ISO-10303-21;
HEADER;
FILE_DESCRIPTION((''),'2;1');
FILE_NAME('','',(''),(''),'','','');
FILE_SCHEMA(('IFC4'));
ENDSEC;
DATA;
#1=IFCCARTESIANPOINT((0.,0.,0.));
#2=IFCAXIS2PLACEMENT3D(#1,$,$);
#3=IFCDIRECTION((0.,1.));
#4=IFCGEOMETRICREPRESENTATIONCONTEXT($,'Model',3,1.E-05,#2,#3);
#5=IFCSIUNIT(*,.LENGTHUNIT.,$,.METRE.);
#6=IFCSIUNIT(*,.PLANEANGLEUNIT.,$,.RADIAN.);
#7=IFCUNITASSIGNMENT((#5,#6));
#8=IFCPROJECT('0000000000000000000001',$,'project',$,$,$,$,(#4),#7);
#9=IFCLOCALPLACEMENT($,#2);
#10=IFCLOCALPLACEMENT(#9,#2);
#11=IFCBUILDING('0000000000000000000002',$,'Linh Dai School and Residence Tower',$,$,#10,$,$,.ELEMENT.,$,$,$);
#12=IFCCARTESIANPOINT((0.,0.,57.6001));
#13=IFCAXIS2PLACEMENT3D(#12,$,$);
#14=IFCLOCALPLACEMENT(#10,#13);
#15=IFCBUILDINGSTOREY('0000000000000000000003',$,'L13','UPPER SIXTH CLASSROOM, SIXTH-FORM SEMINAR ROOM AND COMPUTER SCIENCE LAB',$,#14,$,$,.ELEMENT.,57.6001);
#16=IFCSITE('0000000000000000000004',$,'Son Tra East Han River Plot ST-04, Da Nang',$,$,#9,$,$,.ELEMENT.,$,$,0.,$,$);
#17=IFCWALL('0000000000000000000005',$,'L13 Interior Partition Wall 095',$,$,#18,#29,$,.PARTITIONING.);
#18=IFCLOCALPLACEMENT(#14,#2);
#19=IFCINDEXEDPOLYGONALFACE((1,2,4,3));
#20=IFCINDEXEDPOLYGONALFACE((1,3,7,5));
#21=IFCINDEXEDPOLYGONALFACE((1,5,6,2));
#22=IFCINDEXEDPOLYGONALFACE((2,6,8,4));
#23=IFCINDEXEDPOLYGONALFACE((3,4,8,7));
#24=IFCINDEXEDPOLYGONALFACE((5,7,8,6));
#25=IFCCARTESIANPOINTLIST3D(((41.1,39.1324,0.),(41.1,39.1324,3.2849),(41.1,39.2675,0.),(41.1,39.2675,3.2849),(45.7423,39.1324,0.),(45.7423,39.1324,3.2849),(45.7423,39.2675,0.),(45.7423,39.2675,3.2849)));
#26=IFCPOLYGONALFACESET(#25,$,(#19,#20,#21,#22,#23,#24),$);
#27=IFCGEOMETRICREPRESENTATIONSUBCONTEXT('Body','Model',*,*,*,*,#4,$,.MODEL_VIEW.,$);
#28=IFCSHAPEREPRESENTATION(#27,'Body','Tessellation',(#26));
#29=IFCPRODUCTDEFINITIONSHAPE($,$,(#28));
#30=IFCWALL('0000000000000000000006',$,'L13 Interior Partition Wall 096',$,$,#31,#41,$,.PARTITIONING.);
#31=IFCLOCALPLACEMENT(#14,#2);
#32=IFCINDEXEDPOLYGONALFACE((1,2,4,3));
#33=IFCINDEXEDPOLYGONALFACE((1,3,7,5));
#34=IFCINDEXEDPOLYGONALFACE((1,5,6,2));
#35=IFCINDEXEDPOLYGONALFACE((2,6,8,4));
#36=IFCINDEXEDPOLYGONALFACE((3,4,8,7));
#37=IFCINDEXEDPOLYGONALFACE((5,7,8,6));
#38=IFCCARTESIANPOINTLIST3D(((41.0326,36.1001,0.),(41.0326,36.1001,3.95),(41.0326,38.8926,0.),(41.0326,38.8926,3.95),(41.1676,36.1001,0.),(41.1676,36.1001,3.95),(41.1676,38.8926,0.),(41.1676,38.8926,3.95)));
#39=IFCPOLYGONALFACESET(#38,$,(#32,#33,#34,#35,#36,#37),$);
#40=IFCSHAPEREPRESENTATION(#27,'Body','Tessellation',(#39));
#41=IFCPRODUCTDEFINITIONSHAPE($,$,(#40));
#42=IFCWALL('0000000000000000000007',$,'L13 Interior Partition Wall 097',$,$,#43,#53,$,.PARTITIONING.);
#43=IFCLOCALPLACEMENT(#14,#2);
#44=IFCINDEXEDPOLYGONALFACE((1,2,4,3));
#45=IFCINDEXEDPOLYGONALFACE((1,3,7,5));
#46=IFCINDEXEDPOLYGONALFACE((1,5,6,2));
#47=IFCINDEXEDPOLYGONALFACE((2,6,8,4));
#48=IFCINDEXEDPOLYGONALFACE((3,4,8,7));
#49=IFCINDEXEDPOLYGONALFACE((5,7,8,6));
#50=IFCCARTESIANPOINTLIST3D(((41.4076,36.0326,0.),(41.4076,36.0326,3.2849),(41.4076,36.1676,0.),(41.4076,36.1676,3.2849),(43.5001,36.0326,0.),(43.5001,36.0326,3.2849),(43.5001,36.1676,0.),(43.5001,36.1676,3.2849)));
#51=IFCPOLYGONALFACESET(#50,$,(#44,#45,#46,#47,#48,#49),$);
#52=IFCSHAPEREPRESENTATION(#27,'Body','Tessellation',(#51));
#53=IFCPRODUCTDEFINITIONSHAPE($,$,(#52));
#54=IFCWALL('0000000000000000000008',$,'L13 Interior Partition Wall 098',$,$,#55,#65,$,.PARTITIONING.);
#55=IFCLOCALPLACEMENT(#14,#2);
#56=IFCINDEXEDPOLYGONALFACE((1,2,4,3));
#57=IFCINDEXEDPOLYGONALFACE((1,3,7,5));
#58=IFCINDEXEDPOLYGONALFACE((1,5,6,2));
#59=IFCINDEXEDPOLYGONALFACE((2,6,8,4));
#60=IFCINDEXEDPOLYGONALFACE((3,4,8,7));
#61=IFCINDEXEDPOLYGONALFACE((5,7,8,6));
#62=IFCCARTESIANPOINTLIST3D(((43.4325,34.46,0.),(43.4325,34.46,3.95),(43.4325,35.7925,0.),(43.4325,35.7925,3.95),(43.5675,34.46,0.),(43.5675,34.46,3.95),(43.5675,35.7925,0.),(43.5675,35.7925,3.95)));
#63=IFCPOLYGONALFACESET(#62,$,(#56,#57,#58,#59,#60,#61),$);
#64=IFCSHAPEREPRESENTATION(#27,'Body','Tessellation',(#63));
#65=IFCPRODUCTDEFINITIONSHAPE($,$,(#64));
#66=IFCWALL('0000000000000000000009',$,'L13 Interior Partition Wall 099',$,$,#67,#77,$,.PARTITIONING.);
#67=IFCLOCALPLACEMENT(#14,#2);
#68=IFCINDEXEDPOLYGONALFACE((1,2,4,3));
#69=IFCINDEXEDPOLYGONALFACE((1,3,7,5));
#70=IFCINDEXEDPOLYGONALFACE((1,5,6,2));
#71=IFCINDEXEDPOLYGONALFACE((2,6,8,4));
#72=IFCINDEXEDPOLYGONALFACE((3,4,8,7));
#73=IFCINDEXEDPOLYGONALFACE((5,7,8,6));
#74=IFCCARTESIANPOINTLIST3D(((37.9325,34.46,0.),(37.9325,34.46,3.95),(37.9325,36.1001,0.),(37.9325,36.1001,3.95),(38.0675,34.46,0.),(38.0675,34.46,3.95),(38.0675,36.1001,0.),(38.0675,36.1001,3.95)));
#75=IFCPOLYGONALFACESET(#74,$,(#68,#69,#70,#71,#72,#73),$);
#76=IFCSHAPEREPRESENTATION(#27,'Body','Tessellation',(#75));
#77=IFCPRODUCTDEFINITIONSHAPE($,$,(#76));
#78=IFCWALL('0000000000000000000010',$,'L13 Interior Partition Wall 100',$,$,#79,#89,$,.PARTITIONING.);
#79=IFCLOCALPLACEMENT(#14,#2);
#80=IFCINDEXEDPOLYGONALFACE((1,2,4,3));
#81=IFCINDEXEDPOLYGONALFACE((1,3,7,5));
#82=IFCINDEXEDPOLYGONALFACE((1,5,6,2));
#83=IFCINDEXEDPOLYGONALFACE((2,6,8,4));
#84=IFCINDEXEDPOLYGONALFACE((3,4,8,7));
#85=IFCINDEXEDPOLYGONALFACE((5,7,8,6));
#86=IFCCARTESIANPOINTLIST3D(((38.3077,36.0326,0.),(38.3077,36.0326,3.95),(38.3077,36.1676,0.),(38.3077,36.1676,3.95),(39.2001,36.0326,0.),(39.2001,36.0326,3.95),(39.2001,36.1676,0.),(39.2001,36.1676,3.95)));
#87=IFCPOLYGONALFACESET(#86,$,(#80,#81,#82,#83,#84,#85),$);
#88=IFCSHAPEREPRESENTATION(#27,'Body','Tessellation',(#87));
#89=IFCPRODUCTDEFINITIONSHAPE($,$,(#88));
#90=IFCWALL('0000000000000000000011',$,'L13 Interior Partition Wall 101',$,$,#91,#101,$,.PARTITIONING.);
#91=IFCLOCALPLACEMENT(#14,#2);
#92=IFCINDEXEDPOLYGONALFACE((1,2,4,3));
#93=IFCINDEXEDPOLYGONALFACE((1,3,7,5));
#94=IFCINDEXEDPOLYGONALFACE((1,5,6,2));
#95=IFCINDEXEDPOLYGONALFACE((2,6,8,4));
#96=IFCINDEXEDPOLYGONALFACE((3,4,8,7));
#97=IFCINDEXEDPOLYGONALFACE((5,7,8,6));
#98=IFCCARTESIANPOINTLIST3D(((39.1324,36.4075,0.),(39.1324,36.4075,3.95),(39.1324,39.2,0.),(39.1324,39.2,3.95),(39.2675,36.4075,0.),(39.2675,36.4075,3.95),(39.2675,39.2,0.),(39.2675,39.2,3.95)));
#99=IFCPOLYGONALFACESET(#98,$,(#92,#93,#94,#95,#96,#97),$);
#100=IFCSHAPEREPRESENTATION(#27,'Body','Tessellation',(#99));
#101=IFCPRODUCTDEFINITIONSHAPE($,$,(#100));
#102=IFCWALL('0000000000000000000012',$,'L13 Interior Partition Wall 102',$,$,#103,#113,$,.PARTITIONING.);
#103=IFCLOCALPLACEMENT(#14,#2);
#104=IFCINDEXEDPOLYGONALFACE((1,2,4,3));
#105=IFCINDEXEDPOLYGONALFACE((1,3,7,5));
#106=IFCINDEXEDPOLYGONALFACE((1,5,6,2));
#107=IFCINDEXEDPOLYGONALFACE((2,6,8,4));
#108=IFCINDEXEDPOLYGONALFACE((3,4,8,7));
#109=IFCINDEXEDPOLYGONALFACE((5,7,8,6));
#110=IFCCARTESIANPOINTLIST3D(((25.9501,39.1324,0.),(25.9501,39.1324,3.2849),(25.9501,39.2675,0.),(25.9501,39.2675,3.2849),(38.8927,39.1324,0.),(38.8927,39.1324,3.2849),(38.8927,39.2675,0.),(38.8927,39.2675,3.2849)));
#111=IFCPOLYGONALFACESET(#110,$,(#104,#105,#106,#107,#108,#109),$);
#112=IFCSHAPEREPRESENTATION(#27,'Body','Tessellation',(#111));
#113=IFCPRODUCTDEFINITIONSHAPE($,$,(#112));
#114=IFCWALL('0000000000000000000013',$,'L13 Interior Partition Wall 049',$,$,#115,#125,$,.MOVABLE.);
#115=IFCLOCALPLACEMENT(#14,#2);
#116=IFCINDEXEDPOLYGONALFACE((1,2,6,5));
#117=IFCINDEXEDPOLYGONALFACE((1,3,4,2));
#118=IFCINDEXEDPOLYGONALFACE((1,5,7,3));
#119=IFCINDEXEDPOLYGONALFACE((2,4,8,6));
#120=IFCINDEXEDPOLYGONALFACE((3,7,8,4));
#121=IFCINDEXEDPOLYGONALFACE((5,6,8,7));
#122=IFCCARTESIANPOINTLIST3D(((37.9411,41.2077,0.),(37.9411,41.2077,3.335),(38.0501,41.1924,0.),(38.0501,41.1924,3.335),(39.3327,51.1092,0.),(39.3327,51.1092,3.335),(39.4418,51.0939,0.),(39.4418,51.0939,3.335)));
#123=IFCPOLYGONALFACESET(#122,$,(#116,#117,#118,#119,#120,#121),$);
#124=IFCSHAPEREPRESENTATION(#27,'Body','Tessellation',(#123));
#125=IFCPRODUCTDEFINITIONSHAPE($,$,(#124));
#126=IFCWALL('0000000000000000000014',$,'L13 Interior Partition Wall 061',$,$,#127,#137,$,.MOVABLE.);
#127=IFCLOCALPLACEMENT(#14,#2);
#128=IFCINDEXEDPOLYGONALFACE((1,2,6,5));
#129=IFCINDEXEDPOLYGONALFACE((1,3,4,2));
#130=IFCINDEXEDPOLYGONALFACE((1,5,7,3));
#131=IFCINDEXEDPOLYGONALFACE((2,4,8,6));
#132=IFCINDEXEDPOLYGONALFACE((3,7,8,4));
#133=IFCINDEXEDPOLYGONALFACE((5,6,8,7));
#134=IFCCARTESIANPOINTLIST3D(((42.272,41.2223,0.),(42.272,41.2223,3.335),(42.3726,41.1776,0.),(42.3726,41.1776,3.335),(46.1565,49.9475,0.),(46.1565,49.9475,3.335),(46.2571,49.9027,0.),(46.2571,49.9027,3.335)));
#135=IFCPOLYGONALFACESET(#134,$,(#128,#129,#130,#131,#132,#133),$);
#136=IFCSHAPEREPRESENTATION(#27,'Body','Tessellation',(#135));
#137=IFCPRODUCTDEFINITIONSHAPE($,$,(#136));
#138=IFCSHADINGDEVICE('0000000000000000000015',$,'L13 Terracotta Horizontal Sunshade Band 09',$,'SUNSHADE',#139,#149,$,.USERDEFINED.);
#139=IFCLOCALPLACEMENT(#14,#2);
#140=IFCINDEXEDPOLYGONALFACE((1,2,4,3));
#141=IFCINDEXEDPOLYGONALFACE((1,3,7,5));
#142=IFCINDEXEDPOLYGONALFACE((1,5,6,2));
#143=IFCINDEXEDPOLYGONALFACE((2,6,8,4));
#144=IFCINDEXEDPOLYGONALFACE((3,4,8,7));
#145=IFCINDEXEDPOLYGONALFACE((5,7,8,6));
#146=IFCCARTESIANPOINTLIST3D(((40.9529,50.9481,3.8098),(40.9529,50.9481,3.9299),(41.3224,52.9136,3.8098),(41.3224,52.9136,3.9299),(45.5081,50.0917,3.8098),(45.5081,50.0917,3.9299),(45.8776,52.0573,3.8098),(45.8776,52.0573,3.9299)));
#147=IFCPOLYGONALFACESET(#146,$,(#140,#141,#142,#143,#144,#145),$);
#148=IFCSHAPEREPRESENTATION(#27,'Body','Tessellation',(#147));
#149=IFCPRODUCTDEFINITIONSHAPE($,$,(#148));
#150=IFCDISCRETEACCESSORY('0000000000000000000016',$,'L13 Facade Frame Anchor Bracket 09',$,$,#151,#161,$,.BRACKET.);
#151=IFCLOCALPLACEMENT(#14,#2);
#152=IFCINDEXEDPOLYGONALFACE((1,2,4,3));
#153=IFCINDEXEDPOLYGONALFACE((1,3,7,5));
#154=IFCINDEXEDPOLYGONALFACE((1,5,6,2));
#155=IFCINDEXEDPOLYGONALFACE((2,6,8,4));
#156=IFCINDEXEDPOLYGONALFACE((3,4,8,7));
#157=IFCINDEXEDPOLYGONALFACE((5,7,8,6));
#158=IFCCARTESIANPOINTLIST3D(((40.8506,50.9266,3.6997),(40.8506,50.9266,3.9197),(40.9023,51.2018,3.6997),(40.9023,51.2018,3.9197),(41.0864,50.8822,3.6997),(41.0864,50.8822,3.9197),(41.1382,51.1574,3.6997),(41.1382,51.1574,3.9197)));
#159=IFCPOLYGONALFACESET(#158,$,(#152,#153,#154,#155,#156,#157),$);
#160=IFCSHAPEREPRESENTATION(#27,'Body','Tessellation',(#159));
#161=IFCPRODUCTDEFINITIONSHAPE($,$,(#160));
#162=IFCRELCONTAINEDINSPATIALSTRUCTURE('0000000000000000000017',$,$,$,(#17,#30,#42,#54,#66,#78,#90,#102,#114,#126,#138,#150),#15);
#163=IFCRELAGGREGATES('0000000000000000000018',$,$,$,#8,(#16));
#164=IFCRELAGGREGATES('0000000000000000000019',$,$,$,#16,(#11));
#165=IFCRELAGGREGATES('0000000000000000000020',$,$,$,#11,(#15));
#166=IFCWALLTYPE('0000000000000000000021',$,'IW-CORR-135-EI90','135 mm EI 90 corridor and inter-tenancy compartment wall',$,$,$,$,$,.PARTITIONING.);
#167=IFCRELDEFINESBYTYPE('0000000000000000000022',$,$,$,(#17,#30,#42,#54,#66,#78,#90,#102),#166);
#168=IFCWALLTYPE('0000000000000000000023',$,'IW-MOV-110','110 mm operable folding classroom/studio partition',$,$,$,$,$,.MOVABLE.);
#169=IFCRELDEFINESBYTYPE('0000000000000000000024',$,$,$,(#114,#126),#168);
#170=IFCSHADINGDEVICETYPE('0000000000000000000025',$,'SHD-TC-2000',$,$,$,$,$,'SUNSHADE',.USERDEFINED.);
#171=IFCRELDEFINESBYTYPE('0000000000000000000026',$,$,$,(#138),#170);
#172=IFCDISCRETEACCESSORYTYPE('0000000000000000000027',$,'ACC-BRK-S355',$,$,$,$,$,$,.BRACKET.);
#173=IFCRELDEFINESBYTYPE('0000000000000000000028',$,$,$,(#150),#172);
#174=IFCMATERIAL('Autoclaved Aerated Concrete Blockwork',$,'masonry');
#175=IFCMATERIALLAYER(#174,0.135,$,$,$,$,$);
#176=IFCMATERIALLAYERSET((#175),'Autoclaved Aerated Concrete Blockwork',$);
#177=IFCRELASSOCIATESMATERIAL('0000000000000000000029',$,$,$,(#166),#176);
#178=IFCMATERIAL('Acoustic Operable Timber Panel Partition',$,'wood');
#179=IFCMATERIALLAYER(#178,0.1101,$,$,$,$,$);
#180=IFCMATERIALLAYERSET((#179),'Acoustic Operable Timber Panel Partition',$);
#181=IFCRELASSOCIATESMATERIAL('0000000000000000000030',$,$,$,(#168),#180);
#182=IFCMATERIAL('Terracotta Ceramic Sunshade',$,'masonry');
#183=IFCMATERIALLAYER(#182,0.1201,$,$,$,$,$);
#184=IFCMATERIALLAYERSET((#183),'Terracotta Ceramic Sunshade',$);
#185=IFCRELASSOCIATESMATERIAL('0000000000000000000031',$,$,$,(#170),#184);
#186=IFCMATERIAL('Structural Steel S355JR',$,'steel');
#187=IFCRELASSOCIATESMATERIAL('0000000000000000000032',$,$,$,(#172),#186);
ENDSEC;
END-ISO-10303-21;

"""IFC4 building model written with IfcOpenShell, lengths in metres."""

from ifc_helpers import new_model, si_unit, direction, frame, frame_2d, origin, origin_2d, place, context, subcontext, project, spatial, rectangle, extrude, source, transform, mapped, material, layer, layer_set, type_object, element, save


model = new_model("IFC4")

# Units and contexts
model_context = context("Model", 3, precision=1e-05, world=origin(), true_north=direction((0.0, 1.0)))
body_context = subcontext(model_context, "Body", "Model", "MODEL_VIEW")
ifc_project = project(units=[si_unit("LENGTHUNIT", "METRE"), si_unit("PLANEANGLEUNIT", "RADIAN")], contexts=[model_context])

# Site, building, storey
site_placement = place(None, origin())
site = spatial("IfcSite", under=ifc_project, at=site_placement, Name="Son Tra East Han River Plot ST-04, Da Nang", CompositionType="ELEMENT", RefElevation=0.0)
building_placement = place(site_placement, origin())
building = spatial("IfcBuilding", under=site, at=building_placement, Name="Linh Dai School and Residence Tower", CompositionType="ELEMENT")
storey_placement = place(building_placement, frame((0.0, 0.0, 57.6001)))
storey = spatial("IfcBuildingStorey", under=building, at=storey_placement, Name="L13", Description="UPPER SIXTH CLASSROOM, SIXTH-FORM SEMINAR ROOM AND COMPUTER SCIENCE LAB", CompositionType="ELEMENT", Elevation=57.6001)

# Walls
ifc_material_1 = material(Name="Autoclaved Aerated Concrete Blockwork", Category="masonry")
ifc_layer_1 = layer(ifc_material_1, 0.135)
ifc_layer_set_1 = layer_set([ifc_layer_1], Name="Autoclaved Aerated Concrete Blockwork")
wall_type_1 = type_object("IfcWallType", Name="IW-CORR-135-EI90", Description="135 mm EI 90 corridor and inter-tenancy compartment wall", PredefinedType="PARTITIONING", material=ifc_layer_set_1)
wall_1_placement = place(storey_placement, frame((45.7424, 39.2, 0.0), z_axis=(0.0, 0.0, 1.0), x_axis=(-1.0, 0.0, 0.0)))
element("IfcWall", 1, at=wall_1_placement, inside=storey, type_object=wall_type_1, Name="L13 Interior Partition Wall 095", PredefinedType="PARTITIONING", context=body_context, shape_type="SweptSolid", body=[
    extrude(rectangle(XDim=4.6423, YDim=0.135, at=frame_2d((2.3213, 0.0))), origin(), (0.0, 0.0, 1.0), 3.2849),
])
wall_2_placement = place(storey_placement, frame((41.1001, 38.8926, 0.0), z_axis=(0.0, 0.0, 1.0), x_axis=(0.0, -1.0, 0.0)))
element("IfcWall", 2, at=wall_2_placement, inside=storey, type_object=wall_type_1, Name="L13 Interior Partition Wall 096", PredefinedType="PARTITIONING", context=body_context, shape_type="SweptSolid", body=[
    extrude(rectangle(XDim=2.7925, YDim=0.135, at=frame_2d((1.3962, 0.0))), origin(), (0.0, 0.0, 1.0), 3.95),
])
wall_3_placement = place(storey_placement, frame((41.4075, 36.1001, 0.0), z_axis=(0.0, 0.0, 1.0), x_axis=(1.0, 0.0, 0.0)))
element("IfcWall", 3, at=wall_3_placement, inside=storey, type_object=wall_type_1, Name="L13 Interior Partition Wall 097", PredefinedType="PARTITIONING", context=body_context, shape_type="SweptSolid", body=[
    extrude(rectangle(XDim=2.0925, YDim=0.135, at=frame_2d((1.0464, 0.0))), origin(), (0.0, 0.0, 1.0), 3.2849),
])
wall_4_placement = place(storey_placement, frame((43.5, 35.7925, 0.0), z_axis=(0.0, 0.0, 1.0), x_axis=(0.0, -1.0, 0.0)))
element("IfcWall", 4, at=wall_4_placement, inside=storey, type_object=wall_type_1, Name="L13 Interior Partition Wall 098", PredefinedType="PARTITIONING", context=body_context, shape_type="SweptSolid", body=[
    extrude(rectangle(XDim=1.3325, YDim=0.135, at=frame_2d((0.6663, 0.0))), origin(), (0.0, 0.0, 1.0), 3.95),
])
wall_5_placement = place(storey_placement, frame((38.0, 34.46, 0.0), z_axis=(0.0, 0.0, 1.0), x_axis=(0.0, 1.0, 0.0)))
element("IfcWall", 5, at=wall_5_placement, inside=storey, type_object=wall_type_1, Name="L13 Interior Partition Wall 099", PredefinedType="PARTITIONING", context=body_context, shape_type="SweptSolid", body=[
    extrude(rectangle(XDim=1.6401, YDim=0.135, at=frame_2d((0.8201, 0.0))), origin(), (0.0, 0.0, 1.0), 3.95),
])
wall_6_placement = place(storey_placement, frame((38.3076, 36.1001, 0.0), z_axis=(0.0, 0.0, 1.0), x_axis=(1.0, 0.0, 0.0)))
element("IfcWall", 6, at=wall_6_placement, inside=storey, type_object=wall_type_1, Name="L13 Interior Partition Wall 100", PredefinedType="PARTITIONING", context=body_context, shape_type="SweptSolid", body=[
    extrude(rectangle(XDim=0.8923, YDim=0.135, at=frame_2d((0.4463, 0.0))), origin(), (0.0, 0.0, 1.0), 3.95),
])
wall_7_placement = place(storey_placement, frame((39.2, 36.4075, 0.0), z_axis=(0.0, 0.0, 1.0), x_axis=(0.0, 1.0, 0.0)))
element("IfcWall", 7, at=wall_7_placement, inside=storey, type_object=wall_type_1, Name="L13 Interior Partition Wall 101", PredefinedType="PARTITIONING", context=body_context, shape_type="SweptSolid", body=[
    extrude(rectangle(XDim=2.7925, YDim=0.135, at=frame_2d((1.3962, 0.0))), origin(), (0.0, 0.0, 1.0), 3.95),
])
wall_8_placement = place(storey_placement, frame((38.8926, 39.2, 0.0), z_axis=(0.0, 0.0, 1.0), x_axis=(-1.0, 0.0, 0.0)))
element("IfcWall", 8, at=wall_8_placement, inside=storey, type_object=wall_type_1, Name="L13 Interior Partition Wall 102", PredefinedType="PARTITIONING", context=body_context, shape_type="SweptSolid", body=[
    extrude(rectangle(XDim=12.9426, YDim=0.135, at=frame_2d((6.4712, 0.0))), origin(), (0.0, 0.0, 1.0), 3.2849),
])
ifc_material_2 = material(Name="Acoustic Operable Timber Panel Partition", Category="wood")
ifc_layer_2 = layer(ifc_material_2, 0.1101)
ifc_layer_set_2 = layer_set([ifc_layer_2], Name="Acoustic Operable Timber Panel Partition")
wall_type_2 = type_object("IfcWallType", Name="IW-MOV-110", Description="110 mm operable folding classroom/studio partition", PredefinedType="MOVABLE", material=ifc_layer_set_2)
wall_9_placement = place(storey_placement, frame((37.9956, 41.2, 0.0), z_axis=(0.0, 0.0, 1.0), x_axis=(0.139179, 0.990267, 0.0)))
element("IfcWall", 9, at=wall_9_placement, inside=storey, type_object=wall_type_2, Name="L13 Interior Partition Wall 049", PredefinedType="MOVABLE", context=body_context, shape_type="SweptSolid", body=[
    extrude(rectangle(XDim=9.9988, YDim=0.1101, at=frame_2d((4.9995, 0.0))), origin(), (0.0, 0.0, 1.0), 3.335),
])
wall_10_placement = place(storey_placement, frame((42.3223, 41.2, 0.0), z_axis=(0.0, 0.0, 1.0), x_axis=(0.406724, 0.913551, 0.0)))
element("IfcWall", 10, at=wall_10_placement, inside=storey, type_object=wall_type_2, Name="L13 Interior Partition Wall 061", PredefinedType="MOVABLE", context=body_context, shape_type="SweptSolid", body=[
    extrude(rectangle(XDim=9.5508, YDim=0.1101, at=frame_2d((4.7754, 0.0))), origin(), (0.0, 0.0, 1.0), 3.335),
])

# Shading device
ifc_material_3 = material(Name="Terracotta Ceramic Sunshade", Category="masonry")
ifc_layer_3 = layer(ifc_material_3, 0.1201)
ifc_layer_set_3 = layer_set([ifc_layer_3], Name="Terracotta Ceramic Sunshade")
shading_device_type = type_object("IfcShadingDeviceType", Name="SHD-TC-2000", ElementType="SUNSHADE", PredefinedType="USERDEFINED", material=ifc_layer_set_3)
shared_shape_1 = source(origin(), body_context, "Body", "SweptSolid", [
    extrude(rectangle(XDim=4.635, YDim=2.0, at=origin_2d()), origin(), (0.0, 0.0, 1.0), 0.1201),
])
shading_device_placement = place(storey_placement, frame((43.4153, 51.5027, 3.8098), z_axis=(0.0, 0.0, 1.0), x_axis=(0.982786, -0.184748, 0.0)))
element("IfcShadingDevice", 11, at=shading_device_placement, inside=storey, type_object=shading_device_type, Name="L13 Terracotta Horizontal Sunshade Band 09", ObjectType="SUNSHADE", PredefinedType="USERDEFINED", context=body_context, shape_type="MappedRepresentation", body=[
    mapped(shared_shape_1, transform((0.0, 0.0, 0.0), x_axis=(1.0, 0.0, 0.0), y_axis=(0.0, 1.0, 0.0), z_axis=(0.0, 0.0, 1.0), scale=1.0)),
])

# Discrete accessory
ifc_material_4 = material(Name="Structural Steel S355JR", Category="steel")
discrete_accessory_type = type_object("IfcDiscreteAccessoryType", Name="ACC-BRK-S355", PredefinedType="BRACKET", material=ifc_material_4)
shared_shape_2 = source(origin(), body_context, "Body", "SweptSolid", [
    extrude(rectangle(XDim=0.28, YDim=0.24, at=origin_2d()), origin(), (0.0, 0.0, 1.0), 0.22),
])
discrete_accessory_placement = place(storey_placement, frame((40.9944, 51.042, 3.6997), z_axis=(0.0, 0.0, 1.0), x_axis=(0.184748, 0.982786, 0.0)))
element("IfcDiscreteAccessory", 12, at=discrete_accessory_placement, inside=storey, type_object=discrete_accessory_type, Name="L13 Facade Frame Anchor Bracket 09", PredefinedType="BRACKET", context=body_context, shape_type="MappedRepresentation", body=[
    mapped(shared_shape_2, transform((0.0, 0.0, 0.0), x_axis=(1.0, 0.0, 0.0), y_axis=(0.0, 1.0, 0.0), z_axis=(0.0, 0.0, 1.0), scale=1.0)),
])

save(model, "model.ifc")
